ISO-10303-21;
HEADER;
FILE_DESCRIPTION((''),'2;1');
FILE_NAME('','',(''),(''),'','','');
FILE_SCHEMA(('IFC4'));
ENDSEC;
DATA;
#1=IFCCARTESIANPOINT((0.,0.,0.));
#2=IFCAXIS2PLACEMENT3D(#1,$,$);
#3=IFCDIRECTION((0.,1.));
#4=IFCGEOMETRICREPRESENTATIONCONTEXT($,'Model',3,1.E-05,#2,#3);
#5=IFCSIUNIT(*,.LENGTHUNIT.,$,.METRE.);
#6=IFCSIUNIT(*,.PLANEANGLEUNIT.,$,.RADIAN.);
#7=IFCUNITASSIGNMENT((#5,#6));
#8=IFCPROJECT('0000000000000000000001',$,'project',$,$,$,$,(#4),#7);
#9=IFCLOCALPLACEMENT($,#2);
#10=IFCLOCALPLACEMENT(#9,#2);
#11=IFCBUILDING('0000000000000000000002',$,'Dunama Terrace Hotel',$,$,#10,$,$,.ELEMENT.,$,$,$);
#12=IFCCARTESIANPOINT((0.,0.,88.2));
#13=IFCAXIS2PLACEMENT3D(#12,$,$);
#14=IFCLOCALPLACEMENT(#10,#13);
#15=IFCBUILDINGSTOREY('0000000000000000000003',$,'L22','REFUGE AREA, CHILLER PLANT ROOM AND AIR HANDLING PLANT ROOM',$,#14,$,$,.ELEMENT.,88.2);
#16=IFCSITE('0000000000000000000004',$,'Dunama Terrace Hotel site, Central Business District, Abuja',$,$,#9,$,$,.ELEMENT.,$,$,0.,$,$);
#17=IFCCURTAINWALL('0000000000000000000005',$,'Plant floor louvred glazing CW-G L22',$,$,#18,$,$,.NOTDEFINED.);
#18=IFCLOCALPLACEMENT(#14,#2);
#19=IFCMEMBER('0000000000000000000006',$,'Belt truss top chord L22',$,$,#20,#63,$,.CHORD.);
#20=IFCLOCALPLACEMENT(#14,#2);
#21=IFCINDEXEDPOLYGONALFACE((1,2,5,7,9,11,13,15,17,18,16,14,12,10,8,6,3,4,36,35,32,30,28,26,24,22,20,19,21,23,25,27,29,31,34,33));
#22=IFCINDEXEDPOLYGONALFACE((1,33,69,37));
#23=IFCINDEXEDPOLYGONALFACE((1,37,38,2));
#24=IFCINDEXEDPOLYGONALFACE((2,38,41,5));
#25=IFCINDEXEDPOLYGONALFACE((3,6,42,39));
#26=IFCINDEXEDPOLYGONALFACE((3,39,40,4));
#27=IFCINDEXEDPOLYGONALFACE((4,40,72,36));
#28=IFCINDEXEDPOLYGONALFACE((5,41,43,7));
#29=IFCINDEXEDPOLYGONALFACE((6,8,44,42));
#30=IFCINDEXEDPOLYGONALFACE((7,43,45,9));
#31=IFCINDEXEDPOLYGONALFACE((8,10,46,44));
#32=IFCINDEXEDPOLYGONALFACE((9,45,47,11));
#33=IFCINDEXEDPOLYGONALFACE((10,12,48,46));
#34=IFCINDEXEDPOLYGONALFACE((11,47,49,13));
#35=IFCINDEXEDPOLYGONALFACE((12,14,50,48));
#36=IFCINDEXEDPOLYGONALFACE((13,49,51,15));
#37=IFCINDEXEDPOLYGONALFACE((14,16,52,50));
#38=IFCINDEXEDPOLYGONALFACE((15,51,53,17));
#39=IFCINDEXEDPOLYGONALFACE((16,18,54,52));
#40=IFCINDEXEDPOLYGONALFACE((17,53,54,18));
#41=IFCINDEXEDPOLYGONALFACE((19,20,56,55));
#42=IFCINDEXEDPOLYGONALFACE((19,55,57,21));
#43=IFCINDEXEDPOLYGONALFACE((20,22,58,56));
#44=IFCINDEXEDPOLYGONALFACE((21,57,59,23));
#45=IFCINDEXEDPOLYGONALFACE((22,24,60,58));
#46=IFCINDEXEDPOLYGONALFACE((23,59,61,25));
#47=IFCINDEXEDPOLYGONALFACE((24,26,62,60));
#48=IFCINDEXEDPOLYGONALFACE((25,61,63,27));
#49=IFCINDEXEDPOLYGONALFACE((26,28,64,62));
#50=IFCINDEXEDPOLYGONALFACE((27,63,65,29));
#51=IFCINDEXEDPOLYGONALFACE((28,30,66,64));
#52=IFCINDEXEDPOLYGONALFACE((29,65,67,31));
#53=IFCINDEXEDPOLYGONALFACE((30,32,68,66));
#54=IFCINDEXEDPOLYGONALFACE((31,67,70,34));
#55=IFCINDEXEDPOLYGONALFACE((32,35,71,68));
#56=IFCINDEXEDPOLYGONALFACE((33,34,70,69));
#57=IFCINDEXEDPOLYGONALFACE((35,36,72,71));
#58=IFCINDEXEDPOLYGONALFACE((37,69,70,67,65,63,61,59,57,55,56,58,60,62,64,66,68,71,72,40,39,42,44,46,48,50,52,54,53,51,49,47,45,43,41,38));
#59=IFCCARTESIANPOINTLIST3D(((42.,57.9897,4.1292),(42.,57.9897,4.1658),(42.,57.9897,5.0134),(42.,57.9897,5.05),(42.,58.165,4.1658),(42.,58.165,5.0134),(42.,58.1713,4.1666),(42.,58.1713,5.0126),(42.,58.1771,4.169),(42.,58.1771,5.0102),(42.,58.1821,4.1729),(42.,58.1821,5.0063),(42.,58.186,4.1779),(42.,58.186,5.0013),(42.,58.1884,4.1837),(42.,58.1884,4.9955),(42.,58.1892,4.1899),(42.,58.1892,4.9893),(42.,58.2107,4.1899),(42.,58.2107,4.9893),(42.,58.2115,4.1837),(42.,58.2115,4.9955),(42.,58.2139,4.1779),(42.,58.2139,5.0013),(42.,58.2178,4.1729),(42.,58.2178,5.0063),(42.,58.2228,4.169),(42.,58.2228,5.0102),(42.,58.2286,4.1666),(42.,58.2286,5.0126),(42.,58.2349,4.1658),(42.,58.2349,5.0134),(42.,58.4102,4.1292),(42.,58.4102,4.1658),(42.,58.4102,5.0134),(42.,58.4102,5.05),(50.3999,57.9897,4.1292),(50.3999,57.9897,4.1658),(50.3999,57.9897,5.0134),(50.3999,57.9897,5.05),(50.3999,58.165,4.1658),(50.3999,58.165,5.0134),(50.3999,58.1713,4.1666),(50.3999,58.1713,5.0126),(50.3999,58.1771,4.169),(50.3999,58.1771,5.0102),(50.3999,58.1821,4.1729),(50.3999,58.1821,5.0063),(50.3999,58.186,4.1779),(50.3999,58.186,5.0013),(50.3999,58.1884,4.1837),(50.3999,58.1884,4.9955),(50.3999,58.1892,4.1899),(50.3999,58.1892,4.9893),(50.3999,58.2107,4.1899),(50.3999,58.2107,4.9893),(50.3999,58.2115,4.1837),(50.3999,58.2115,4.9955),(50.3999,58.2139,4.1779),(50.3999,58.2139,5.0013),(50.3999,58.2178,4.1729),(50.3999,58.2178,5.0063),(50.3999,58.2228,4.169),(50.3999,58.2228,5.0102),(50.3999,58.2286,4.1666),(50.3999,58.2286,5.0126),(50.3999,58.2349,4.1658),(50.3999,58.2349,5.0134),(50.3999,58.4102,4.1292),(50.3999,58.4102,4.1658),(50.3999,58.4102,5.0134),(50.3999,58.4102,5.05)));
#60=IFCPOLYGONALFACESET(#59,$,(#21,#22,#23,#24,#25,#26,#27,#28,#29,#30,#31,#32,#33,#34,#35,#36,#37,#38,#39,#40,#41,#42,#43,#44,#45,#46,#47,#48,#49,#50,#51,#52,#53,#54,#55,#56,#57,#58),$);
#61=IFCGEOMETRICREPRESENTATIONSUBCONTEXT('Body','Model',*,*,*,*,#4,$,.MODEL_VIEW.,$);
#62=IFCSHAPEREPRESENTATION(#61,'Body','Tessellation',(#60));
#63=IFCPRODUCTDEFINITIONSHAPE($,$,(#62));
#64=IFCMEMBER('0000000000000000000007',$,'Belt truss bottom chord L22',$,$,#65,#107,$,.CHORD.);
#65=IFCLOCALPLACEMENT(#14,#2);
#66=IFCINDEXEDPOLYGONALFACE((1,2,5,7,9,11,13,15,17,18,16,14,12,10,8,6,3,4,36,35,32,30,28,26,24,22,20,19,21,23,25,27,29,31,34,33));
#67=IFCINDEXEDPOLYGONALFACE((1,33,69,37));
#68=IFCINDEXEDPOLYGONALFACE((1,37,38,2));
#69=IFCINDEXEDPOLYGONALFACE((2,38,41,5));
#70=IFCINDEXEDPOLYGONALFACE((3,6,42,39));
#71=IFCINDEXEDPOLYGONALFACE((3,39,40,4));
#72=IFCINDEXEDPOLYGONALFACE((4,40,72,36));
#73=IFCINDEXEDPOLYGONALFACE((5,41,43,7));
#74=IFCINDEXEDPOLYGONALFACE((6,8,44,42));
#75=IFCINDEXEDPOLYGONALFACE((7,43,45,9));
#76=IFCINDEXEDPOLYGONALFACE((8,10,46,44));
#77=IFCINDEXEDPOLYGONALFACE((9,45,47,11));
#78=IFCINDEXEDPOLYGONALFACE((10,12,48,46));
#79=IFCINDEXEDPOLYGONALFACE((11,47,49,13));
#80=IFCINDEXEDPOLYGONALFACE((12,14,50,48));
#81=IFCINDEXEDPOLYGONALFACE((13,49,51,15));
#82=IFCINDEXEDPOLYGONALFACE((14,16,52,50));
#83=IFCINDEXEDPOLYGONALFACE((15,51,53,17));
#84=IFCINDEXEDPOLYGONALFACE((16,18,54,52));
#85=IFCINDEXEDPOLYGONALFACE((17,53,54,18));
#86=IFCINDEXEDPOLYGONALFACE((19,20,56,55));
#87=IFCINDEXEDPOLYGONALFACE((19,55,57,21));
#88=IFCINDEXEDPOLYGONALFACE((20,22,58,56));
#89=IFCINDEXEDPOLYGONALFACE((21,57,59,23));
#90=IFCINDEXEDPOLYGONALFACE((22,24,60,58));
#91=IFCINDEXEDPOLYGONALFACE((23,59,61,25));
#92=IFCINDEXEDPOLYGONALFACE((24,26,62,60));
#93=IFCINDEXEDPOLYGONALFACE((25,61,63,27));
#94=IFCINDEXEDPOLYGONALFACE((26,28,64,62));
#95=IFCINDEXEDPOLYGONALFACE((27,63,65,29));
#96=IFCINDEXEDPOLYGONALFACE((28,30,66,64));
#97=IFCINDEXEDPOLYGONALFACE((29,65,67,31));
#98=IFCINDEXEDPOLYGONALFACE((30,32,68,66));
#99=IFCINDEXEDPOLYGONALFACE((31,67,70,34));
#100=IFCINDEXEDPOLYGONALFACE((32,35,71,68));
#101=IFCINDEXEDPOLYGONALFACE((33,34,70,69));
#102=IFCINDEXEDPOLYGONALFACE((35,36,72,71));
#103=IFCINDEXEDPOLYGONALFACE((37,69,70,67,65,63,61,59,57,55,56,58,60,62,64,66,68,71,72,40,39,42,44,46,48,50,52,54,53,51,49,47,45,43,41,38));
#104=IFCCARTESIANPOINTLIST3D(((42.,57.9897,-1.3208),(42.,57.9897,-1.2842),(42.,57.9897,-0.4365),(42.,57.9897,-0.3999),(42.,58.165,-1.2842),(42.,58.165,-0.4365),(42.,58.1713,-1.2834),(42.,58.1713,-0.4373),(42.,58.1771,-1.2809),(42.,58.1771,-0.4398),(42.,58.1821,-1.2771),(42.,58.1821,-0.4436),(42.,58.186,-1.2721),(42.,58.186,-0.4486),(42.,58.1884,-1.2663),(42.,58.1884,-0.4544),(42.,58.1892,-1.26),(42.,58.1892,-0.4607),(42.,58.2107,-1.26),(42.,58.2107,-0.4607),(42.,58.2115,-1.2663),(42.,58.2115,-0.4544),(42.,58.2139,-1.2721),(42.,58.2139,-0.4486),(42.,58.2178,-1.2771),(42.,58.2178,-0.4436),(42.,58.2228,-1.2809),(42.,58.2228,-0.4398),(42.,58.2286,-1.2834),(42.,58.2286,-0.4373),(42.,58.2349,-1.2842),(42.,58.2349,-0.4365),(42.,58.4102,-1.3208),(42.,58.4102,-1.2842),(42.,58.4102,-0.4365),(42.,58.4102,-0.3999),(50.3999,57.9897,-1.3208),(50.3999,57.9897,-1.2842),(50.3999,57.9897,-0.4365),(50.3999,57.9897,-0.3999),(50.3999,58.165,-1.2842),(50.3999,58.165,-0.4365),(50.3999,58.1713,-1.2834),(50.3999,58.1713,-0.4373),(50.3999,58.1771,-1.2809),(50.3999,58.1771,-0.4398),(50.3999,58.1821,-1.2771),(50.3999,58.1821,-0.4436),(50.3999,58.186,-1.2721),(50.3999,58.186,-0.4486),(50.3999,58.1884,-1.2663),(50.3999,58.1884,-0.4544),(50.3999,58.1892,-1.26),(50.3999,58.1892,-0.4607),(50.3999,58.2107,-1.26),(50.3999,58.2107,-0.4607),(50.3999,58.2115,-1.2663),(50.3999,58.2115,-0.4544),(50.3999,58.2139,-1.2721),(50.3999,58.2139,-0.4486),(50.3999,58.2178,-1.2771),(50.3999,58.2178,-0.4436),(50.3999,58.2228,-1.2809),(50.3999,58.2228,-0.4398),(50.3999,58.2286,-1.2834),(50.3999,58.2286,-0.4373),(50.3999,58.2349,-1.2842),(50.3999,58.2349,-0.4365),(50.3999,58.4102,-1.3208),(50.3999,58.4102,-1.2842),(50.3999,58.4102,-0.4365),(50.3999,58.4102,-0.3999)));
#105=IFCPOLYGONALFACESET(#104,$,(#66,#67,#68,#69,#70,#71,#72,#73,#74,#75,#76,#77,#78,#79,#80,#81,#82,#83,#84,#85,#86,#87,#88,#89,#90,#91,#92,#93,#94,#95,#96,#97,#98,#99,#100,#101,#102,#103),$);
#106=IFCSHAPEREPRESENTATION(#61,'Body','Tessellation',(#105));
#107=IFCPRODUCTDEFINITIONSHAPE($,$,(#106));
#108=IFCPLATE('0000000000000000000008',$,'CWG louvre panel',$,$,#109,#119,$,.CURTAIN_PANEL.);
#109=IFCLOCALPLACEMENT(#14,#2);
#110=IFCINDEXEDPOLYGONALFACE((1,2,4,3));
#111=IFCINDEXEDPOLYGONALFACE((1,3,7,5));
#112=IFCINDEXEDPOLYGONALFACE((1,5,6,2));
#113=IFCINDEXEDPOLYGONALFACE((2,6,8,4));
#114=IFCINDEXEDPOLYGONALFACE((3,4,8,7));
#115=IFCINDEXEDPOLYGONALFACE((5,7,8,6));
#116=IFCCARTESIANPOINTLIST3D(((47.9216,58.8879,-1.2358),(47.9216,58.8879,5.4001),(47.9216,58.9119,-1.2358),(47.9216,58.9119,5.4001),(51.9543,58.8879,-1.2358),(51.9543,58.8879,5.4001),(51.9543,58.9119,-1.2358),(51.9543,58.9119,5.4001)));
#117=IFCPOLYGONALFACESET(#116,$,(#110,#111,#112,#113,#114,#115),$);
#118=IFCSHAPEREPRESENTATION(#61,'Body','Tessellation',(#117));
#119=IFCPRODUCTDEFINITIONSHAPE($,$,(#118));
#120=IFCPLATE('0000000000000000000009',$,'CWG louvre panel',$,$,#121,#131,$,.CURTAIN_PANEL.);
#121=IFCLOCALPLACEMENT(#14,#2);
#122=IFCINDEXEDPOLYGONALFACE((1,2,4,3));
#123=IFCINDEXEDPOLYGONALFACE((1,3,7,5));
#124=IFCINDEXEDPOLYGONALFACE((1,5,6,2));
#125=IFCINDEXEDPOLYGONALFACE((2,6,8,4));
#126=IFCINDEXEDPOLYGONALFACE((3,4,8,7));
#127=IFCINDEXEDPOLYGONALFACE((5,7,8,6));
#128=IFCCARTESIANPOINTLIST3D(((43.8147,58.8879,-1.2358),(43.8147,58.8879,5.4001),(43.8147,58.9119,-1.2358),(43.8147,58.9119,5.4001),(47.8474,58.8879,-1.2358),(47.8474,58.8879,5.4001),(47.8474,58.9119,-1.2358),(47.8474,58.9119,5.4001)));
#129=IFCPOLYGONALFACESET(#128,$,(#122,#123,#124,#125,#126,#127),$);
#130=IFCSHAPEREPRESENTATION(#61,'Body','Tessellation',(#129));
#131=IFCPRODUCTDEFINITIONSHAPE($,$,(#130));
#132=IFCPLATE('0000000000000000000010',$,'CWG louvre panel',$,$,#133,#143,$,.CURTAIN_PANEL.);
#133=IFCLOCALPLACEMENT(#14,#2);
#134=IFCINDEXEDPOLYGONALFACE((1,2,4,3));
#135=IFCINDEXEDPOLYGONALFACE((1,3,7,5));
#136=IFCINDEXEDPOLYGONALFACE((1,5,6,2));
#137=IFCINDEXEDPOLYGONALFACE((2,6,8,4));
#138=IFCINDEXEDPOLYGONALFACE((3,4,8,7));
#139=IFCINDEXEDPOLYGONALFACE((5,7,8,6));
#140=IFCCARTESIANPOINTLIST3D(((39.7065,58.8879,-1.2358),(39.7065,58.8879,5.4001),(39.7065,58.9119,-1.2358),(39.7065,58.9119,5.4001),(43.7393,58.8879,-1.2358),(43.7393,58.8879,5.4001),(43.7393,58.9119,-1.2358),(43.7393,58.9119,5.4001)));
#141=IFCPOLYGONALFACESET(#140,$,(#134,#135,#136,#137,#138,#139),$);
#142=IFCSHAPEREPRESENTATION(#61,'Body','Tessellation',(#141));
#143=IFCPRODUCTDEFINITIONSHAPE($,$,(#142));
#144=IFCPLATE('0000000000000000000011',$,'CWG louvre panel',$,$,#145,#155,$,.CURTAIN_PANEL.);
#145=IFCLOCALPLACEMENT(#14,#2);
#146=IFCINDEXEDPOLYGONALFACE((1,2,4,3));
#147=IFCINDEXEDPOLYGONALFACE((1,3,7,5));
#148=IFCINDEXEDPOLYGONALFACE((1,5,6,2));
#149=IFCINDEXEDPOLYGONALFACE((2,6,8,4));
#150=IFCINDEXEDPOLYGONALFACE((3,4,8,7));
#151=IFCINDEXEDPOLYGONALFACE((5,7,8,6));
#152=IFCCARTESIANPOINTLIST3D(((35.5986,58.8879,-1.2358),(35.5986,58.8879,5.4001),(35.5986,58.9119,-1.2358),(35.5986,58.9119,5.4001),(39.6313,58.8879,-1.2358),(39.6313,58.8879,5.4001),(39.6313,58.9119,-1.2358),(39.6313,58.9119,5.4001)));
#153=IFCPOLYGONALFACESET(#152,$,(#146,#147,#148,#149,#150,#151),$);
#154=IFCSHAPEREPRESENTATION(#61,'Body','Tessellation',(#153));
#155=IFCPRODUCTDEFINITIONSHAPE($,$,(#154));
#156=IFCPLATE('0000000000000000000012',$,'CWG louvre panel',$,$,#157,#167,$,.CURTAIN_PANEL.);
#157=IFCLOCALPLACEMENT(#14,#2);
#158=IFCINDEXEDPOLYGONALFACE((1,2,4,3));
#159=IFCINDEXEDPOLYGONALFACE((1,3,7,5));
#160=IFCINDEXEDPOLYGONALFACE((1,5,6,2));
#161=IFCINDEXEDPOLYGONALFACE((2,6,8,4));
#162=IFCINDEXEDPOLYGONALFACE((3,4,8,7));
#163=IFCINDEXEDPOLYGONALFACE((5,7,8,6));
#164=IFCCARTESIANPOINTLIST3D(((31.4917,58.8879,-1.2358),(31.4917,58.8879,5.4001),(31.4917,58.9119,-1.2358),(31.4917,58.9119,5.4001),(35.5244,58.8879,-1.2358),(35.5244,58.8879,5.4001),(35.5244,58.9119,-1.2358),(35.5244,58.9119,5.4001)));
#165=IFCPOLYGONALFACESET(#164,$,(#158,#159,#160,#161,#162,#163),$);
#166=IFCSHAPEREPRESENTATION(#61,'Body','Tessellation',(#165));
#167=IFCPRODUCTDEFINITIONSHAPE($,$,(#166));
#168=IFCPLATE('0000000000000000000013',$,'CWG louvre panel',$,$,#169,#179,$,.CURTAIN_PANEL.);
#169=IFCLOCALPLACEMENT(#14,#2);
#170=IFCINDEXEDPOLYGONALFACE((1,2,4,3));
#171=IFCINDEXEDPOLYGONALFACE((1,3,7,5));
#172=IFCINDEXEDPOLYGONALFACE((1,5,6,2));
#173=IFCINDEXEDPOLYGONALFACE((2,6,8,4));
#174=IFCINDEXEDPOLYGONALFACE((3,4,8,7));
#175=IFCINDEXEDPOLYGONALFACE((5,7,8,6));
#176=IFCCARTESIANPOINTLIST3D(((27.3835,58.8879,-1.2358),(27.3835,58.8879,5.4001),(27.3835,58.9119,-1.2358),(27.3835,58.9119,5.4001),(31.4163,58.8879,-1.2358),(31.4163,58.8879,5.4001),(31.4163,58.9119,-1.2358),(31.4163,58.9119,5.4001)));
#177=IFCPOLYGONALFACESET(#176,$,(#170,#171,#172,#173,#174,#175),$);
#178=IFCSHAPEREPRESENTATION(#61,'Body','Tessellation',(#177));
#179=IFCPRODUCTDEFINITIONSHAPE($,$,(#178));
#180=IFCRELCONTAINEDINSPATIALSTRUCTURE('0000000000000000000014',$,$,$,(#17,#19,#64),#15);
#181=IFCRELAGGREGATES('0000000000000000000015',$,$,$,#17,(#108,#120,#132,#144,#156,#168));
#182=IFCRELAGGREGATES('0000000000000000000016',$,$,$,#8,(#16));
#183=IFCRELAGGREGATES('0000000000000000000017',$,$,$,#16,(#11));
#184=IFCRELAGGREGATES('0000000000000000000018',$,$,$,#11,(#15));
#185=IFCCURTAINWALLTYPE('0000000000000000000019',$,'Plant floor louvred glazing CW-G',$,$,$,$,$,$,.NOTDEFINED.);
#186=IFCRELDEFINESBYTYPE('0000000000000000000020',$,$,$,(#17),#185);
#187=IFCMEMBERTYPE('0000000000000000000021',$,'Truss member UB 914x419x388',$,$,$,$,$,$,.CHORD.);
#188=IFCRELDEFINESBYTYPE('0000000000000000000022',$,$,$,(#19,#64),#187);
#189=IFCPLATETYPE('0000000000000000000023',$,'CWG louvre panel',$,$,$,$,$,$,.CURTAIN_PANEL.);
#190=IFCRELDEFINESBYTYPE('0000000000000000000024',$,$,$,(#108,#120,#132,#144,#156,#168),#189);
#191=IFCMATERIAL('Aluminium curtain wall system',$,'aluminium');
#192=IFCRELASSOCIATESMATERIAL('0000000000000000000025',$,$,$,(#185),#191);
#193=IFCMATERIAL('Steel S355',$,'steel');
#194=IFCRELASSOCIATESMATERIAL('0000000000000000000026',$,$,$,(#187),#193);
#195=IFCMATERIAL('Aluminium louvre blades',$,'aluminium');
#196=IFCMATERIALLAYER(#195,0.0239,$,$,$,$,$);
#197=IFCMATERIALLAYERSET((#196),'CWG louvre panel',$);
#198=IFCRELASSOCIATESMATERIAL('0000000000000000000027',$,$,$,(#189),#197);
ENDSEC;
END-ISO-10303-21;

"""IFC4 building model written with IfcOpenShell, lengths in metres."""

from ifc_helpers import new_model, si_unit, direction, frame, origin, origin_2d, place, context, subcontext, project, spatial, rectangle, i_section, extrude, material, layer, layer_set, material_profile, profile_set, type_object, element, aggregate, save


model = new_model("IFC4")

# Units and contexts
model_context = context("Model", 3, precision=1e-05, world=origin(), true_north=direction((0.0, 1.0)))
body_context = subcontext(model_context, "Body", "Model", "MODEL_VIEW")
ifc_project = project(units=[si_unit("LENGTHUNIT", "METRE"), si_unit("PLANEANGLEUNIT", "RADIAN")], contexts=[model_context])

# Site, building, storey
site_placement = place(None, origin())
site = spatial("IfcSite", under=ifc_project, at=site_placement, Name="Dunama Terrace Hotel site, Central Business District, Abuja", CompositionType="ELEMENT", RefElevation=0.0)
building_placement = place(site_placement, origin())
building = spatial("IfcBuilding", under=site, at=building_placement, Name="Dunama Terrace Hotel", CompositionType="ELEMENT")
storey_placement = place(building_placement, frame((0.0, 0.0, 88.2)))
storey = spatial("IfcBuildingStorey", under=building, at=storey_placement, Name="L22", Description="REFUGE AREA, CHILLER PLANT ROOM AND AIR HANDLING PLANT ROOM", CompositionType="ELEMENT", Elevation=88.2)

# Curtain wall
ifc_material_1 = material(Name="Aluminium curtain wall system", Category="aluminium")
curtain_wall_type = type_object("IfcCurtainWallType", Name="Plant floor louvred glazing CW-G", PredefinedType="NOTDEFINED", material=ifc_material_1)
curtain_wall_placement = place(storey_placement, origin())
curtain_wall = element("IfcCurtainWall", 1, at=curtain_wall_placement, inside=storey, type_object=curtain_wall_type, Name="Plant floor louvred glazing CW-G L22", PredefinedType="NOTDEFINED")

# Members
ifc_material_2 = material(Name="Steel S355", Category="steel")
ifc_material_profile_1 = material_profile(ifc_material_2, i_section(OverallWidth=0.4204, OverallDepth=0.9209, WebThickness=0.0215, FlangeThickness=0.0366, FilletRadius=0.0242, at=origin_2d()), Name="UB 914x419x388")
ifc_profile_set_1 = profile_set([ifc_material_profile_1], Name="Steel S355")
member_type_1 = type_object("IfcMemberType", Name="Truss member UB 914x419x388", PredefinedType="CHORD", material=ifc_profile_set_1)
for number, where, z_axis, x_axis, name in (
    (2, (42.0, 58.2, 4.5896), (1.0, 0.0, 0.0), (0.0, 1.0, 0.0), "Belt truss top chord L22"),
    (3, (42.0, 58.2, -0.8604), (1.0, 0.0, 0.0), (0.0, 1.0, 0.0), "Belt truss bottom chord L22"),
):
    element("IfcMember", number, at=place(storey_placement, frame(where, z_axis=z_axis, x_axis=x_axis)), inside=storey, type_object=member_type_1, Name=name, PredefinedType="CHORD", context=body_context, shape_type="SweptSolid", body=[
        extrude(i_section(OverallWidth=0.4204, OverallDepth=0.9209, WebThickness=0.0215, FlangeThickness=0.0366, FilletRadius=0.0242, at=origin_2d()), origin(), (0.0, 0.0, 1.0), 8.3999),
    ])

# Plates
ifc_material_3 = material(Name="Aluminium louvre blades", Category="aluminium")
ifc_layer = layer(ifc_material_3, 0.0239)
ifc_layer_set = layer_set([ifc_layer], Name="CWG louvre panel")
plate_type = type_object("IfcPlateType", Name="CWG louvre panel", PredefinedType="CURTAIN_PANEL", material=ifc_layer_set)
plate_1_placement = place(storey_placement, frame((49.938, 58.8999, -1.2358), z_axis=(0.0, 0.0, 1.0), x_axis=(-1.0, 0.0, 0.0)))
plate_1 = element("IfcPlate", 4, at=plate_1_placement, type_object=plate_type, Name="CWG louvre panel", PredefinedType="CURTAIN_PANEL", context=body_context, shape_type="SweptSolid", body=[
    extrude(rectangle(XDim=4.0327, YDim=0.0239, at=origin_2d()), origin(), (0.0, 0.0, 1.0), 6.636),
])
plate_2_placement = place(storey_placement, frame((45.8311, 58.8999, -1.2358), z_axis=(0.0, 0.0, 1.0), x_axis=(-1.0, 0.0, 0.0)))
plate_2 = element("IfcPlate", 5, at=plate_2_placement, type_object=plate_type, Name="CWG louvre panel", PredefinedType="CURTAIN_PANEL", context=body_context, shape_type="SweptSolid", body=[
    extrude(rectangle(XDim=4.0327, YDim=0.0239, at=origin_2d()), origin(), (0.0, 0.0, 1.0), 6.636),
])
plate_3_placement = place(storey_placement, frame((41.7229, 58.8999, -1.2358), z_axis=(0.0, 0.0, 1.0), x_axis=(-1.0, 0.0, 0.0)))
plate_3 = element("IfcPlate", 6, at=plate_3_placement, type_object=plate_type, Name="CWG louvre panel", PredefinedType="CURTAIN_PANEL", context=body_context, shape_type="SweptSolid", body=[
    extrude(rectangle(XDim=4.0327, YDim=0.0239, at=origin_2d()), origin(), (0.0, 0.0, 1.0), 6.636),
])
plate_4_placement = place(storey_placement, frame((37.615, 58.8999, -1.2358), z_axis=(0.0, 0.0, 1.0), x_axis=(-1.0, 0.0, 0.0)))
plate_4 = element("IfcPlate", 7, at=plate_4_placement, type_object=plate_type, Name="CWG louvre panel", PredefinedType="CURTAIN_PANEL", context=body_context, shape_type="SweptSolid", body=[
    extrude(rectangle(XDim=4.0327, YDim=0.0239, at=origin_2d()), origin(), (0.0, 0.0, 1.0), 6.636),
])
plate_5_placement = place(storey_placement, frame((33.5081, 58.8999, -1.2358), z_axis=(0.0, 0.0, 1.0), x_axis=(-1.0, 0.0, 0.0)))
plate_5 = element("IfcPlate", 8, at=plate_5_placement, type_object=plate_type, Name="CWG louvre panel", PredefinedType="CURTAIN_PANEL", context=body_context, shape_type="SweptSolid", body=[
    extrude(rectangle(XDim=4.0327, YDim=0.0239, at=origin_2d()), origin(), (0.0, 0.0, 1.0), 6.636),
])
plate_6_placement = place(storey_placement, frame((29.3999, 58.8999, -1.2358), z_axis=(0.0, 0.0, 1.0), x_axis=(-1.0, 0.0, 0.0)))
plate_6 = element("IfcPlate", 9, at=plate_6_placement, type_object=plate_type, Name="CWG louvre panel", PredefinedType="CURTAIN_PANEL", context=body_context, shape_type="SweptSolid", body=[
    extrude(rectangle(XDim=4.0327, YDim=0.0239, at=origin_2d()), origin(), (0.0, 0.0, 1.0), 6.636),
])
aggregate(curtain_wall, [plate_1, plate_2, plate_3, plate_4, plate_5, plate_6])

save(model, "model.ifc")
